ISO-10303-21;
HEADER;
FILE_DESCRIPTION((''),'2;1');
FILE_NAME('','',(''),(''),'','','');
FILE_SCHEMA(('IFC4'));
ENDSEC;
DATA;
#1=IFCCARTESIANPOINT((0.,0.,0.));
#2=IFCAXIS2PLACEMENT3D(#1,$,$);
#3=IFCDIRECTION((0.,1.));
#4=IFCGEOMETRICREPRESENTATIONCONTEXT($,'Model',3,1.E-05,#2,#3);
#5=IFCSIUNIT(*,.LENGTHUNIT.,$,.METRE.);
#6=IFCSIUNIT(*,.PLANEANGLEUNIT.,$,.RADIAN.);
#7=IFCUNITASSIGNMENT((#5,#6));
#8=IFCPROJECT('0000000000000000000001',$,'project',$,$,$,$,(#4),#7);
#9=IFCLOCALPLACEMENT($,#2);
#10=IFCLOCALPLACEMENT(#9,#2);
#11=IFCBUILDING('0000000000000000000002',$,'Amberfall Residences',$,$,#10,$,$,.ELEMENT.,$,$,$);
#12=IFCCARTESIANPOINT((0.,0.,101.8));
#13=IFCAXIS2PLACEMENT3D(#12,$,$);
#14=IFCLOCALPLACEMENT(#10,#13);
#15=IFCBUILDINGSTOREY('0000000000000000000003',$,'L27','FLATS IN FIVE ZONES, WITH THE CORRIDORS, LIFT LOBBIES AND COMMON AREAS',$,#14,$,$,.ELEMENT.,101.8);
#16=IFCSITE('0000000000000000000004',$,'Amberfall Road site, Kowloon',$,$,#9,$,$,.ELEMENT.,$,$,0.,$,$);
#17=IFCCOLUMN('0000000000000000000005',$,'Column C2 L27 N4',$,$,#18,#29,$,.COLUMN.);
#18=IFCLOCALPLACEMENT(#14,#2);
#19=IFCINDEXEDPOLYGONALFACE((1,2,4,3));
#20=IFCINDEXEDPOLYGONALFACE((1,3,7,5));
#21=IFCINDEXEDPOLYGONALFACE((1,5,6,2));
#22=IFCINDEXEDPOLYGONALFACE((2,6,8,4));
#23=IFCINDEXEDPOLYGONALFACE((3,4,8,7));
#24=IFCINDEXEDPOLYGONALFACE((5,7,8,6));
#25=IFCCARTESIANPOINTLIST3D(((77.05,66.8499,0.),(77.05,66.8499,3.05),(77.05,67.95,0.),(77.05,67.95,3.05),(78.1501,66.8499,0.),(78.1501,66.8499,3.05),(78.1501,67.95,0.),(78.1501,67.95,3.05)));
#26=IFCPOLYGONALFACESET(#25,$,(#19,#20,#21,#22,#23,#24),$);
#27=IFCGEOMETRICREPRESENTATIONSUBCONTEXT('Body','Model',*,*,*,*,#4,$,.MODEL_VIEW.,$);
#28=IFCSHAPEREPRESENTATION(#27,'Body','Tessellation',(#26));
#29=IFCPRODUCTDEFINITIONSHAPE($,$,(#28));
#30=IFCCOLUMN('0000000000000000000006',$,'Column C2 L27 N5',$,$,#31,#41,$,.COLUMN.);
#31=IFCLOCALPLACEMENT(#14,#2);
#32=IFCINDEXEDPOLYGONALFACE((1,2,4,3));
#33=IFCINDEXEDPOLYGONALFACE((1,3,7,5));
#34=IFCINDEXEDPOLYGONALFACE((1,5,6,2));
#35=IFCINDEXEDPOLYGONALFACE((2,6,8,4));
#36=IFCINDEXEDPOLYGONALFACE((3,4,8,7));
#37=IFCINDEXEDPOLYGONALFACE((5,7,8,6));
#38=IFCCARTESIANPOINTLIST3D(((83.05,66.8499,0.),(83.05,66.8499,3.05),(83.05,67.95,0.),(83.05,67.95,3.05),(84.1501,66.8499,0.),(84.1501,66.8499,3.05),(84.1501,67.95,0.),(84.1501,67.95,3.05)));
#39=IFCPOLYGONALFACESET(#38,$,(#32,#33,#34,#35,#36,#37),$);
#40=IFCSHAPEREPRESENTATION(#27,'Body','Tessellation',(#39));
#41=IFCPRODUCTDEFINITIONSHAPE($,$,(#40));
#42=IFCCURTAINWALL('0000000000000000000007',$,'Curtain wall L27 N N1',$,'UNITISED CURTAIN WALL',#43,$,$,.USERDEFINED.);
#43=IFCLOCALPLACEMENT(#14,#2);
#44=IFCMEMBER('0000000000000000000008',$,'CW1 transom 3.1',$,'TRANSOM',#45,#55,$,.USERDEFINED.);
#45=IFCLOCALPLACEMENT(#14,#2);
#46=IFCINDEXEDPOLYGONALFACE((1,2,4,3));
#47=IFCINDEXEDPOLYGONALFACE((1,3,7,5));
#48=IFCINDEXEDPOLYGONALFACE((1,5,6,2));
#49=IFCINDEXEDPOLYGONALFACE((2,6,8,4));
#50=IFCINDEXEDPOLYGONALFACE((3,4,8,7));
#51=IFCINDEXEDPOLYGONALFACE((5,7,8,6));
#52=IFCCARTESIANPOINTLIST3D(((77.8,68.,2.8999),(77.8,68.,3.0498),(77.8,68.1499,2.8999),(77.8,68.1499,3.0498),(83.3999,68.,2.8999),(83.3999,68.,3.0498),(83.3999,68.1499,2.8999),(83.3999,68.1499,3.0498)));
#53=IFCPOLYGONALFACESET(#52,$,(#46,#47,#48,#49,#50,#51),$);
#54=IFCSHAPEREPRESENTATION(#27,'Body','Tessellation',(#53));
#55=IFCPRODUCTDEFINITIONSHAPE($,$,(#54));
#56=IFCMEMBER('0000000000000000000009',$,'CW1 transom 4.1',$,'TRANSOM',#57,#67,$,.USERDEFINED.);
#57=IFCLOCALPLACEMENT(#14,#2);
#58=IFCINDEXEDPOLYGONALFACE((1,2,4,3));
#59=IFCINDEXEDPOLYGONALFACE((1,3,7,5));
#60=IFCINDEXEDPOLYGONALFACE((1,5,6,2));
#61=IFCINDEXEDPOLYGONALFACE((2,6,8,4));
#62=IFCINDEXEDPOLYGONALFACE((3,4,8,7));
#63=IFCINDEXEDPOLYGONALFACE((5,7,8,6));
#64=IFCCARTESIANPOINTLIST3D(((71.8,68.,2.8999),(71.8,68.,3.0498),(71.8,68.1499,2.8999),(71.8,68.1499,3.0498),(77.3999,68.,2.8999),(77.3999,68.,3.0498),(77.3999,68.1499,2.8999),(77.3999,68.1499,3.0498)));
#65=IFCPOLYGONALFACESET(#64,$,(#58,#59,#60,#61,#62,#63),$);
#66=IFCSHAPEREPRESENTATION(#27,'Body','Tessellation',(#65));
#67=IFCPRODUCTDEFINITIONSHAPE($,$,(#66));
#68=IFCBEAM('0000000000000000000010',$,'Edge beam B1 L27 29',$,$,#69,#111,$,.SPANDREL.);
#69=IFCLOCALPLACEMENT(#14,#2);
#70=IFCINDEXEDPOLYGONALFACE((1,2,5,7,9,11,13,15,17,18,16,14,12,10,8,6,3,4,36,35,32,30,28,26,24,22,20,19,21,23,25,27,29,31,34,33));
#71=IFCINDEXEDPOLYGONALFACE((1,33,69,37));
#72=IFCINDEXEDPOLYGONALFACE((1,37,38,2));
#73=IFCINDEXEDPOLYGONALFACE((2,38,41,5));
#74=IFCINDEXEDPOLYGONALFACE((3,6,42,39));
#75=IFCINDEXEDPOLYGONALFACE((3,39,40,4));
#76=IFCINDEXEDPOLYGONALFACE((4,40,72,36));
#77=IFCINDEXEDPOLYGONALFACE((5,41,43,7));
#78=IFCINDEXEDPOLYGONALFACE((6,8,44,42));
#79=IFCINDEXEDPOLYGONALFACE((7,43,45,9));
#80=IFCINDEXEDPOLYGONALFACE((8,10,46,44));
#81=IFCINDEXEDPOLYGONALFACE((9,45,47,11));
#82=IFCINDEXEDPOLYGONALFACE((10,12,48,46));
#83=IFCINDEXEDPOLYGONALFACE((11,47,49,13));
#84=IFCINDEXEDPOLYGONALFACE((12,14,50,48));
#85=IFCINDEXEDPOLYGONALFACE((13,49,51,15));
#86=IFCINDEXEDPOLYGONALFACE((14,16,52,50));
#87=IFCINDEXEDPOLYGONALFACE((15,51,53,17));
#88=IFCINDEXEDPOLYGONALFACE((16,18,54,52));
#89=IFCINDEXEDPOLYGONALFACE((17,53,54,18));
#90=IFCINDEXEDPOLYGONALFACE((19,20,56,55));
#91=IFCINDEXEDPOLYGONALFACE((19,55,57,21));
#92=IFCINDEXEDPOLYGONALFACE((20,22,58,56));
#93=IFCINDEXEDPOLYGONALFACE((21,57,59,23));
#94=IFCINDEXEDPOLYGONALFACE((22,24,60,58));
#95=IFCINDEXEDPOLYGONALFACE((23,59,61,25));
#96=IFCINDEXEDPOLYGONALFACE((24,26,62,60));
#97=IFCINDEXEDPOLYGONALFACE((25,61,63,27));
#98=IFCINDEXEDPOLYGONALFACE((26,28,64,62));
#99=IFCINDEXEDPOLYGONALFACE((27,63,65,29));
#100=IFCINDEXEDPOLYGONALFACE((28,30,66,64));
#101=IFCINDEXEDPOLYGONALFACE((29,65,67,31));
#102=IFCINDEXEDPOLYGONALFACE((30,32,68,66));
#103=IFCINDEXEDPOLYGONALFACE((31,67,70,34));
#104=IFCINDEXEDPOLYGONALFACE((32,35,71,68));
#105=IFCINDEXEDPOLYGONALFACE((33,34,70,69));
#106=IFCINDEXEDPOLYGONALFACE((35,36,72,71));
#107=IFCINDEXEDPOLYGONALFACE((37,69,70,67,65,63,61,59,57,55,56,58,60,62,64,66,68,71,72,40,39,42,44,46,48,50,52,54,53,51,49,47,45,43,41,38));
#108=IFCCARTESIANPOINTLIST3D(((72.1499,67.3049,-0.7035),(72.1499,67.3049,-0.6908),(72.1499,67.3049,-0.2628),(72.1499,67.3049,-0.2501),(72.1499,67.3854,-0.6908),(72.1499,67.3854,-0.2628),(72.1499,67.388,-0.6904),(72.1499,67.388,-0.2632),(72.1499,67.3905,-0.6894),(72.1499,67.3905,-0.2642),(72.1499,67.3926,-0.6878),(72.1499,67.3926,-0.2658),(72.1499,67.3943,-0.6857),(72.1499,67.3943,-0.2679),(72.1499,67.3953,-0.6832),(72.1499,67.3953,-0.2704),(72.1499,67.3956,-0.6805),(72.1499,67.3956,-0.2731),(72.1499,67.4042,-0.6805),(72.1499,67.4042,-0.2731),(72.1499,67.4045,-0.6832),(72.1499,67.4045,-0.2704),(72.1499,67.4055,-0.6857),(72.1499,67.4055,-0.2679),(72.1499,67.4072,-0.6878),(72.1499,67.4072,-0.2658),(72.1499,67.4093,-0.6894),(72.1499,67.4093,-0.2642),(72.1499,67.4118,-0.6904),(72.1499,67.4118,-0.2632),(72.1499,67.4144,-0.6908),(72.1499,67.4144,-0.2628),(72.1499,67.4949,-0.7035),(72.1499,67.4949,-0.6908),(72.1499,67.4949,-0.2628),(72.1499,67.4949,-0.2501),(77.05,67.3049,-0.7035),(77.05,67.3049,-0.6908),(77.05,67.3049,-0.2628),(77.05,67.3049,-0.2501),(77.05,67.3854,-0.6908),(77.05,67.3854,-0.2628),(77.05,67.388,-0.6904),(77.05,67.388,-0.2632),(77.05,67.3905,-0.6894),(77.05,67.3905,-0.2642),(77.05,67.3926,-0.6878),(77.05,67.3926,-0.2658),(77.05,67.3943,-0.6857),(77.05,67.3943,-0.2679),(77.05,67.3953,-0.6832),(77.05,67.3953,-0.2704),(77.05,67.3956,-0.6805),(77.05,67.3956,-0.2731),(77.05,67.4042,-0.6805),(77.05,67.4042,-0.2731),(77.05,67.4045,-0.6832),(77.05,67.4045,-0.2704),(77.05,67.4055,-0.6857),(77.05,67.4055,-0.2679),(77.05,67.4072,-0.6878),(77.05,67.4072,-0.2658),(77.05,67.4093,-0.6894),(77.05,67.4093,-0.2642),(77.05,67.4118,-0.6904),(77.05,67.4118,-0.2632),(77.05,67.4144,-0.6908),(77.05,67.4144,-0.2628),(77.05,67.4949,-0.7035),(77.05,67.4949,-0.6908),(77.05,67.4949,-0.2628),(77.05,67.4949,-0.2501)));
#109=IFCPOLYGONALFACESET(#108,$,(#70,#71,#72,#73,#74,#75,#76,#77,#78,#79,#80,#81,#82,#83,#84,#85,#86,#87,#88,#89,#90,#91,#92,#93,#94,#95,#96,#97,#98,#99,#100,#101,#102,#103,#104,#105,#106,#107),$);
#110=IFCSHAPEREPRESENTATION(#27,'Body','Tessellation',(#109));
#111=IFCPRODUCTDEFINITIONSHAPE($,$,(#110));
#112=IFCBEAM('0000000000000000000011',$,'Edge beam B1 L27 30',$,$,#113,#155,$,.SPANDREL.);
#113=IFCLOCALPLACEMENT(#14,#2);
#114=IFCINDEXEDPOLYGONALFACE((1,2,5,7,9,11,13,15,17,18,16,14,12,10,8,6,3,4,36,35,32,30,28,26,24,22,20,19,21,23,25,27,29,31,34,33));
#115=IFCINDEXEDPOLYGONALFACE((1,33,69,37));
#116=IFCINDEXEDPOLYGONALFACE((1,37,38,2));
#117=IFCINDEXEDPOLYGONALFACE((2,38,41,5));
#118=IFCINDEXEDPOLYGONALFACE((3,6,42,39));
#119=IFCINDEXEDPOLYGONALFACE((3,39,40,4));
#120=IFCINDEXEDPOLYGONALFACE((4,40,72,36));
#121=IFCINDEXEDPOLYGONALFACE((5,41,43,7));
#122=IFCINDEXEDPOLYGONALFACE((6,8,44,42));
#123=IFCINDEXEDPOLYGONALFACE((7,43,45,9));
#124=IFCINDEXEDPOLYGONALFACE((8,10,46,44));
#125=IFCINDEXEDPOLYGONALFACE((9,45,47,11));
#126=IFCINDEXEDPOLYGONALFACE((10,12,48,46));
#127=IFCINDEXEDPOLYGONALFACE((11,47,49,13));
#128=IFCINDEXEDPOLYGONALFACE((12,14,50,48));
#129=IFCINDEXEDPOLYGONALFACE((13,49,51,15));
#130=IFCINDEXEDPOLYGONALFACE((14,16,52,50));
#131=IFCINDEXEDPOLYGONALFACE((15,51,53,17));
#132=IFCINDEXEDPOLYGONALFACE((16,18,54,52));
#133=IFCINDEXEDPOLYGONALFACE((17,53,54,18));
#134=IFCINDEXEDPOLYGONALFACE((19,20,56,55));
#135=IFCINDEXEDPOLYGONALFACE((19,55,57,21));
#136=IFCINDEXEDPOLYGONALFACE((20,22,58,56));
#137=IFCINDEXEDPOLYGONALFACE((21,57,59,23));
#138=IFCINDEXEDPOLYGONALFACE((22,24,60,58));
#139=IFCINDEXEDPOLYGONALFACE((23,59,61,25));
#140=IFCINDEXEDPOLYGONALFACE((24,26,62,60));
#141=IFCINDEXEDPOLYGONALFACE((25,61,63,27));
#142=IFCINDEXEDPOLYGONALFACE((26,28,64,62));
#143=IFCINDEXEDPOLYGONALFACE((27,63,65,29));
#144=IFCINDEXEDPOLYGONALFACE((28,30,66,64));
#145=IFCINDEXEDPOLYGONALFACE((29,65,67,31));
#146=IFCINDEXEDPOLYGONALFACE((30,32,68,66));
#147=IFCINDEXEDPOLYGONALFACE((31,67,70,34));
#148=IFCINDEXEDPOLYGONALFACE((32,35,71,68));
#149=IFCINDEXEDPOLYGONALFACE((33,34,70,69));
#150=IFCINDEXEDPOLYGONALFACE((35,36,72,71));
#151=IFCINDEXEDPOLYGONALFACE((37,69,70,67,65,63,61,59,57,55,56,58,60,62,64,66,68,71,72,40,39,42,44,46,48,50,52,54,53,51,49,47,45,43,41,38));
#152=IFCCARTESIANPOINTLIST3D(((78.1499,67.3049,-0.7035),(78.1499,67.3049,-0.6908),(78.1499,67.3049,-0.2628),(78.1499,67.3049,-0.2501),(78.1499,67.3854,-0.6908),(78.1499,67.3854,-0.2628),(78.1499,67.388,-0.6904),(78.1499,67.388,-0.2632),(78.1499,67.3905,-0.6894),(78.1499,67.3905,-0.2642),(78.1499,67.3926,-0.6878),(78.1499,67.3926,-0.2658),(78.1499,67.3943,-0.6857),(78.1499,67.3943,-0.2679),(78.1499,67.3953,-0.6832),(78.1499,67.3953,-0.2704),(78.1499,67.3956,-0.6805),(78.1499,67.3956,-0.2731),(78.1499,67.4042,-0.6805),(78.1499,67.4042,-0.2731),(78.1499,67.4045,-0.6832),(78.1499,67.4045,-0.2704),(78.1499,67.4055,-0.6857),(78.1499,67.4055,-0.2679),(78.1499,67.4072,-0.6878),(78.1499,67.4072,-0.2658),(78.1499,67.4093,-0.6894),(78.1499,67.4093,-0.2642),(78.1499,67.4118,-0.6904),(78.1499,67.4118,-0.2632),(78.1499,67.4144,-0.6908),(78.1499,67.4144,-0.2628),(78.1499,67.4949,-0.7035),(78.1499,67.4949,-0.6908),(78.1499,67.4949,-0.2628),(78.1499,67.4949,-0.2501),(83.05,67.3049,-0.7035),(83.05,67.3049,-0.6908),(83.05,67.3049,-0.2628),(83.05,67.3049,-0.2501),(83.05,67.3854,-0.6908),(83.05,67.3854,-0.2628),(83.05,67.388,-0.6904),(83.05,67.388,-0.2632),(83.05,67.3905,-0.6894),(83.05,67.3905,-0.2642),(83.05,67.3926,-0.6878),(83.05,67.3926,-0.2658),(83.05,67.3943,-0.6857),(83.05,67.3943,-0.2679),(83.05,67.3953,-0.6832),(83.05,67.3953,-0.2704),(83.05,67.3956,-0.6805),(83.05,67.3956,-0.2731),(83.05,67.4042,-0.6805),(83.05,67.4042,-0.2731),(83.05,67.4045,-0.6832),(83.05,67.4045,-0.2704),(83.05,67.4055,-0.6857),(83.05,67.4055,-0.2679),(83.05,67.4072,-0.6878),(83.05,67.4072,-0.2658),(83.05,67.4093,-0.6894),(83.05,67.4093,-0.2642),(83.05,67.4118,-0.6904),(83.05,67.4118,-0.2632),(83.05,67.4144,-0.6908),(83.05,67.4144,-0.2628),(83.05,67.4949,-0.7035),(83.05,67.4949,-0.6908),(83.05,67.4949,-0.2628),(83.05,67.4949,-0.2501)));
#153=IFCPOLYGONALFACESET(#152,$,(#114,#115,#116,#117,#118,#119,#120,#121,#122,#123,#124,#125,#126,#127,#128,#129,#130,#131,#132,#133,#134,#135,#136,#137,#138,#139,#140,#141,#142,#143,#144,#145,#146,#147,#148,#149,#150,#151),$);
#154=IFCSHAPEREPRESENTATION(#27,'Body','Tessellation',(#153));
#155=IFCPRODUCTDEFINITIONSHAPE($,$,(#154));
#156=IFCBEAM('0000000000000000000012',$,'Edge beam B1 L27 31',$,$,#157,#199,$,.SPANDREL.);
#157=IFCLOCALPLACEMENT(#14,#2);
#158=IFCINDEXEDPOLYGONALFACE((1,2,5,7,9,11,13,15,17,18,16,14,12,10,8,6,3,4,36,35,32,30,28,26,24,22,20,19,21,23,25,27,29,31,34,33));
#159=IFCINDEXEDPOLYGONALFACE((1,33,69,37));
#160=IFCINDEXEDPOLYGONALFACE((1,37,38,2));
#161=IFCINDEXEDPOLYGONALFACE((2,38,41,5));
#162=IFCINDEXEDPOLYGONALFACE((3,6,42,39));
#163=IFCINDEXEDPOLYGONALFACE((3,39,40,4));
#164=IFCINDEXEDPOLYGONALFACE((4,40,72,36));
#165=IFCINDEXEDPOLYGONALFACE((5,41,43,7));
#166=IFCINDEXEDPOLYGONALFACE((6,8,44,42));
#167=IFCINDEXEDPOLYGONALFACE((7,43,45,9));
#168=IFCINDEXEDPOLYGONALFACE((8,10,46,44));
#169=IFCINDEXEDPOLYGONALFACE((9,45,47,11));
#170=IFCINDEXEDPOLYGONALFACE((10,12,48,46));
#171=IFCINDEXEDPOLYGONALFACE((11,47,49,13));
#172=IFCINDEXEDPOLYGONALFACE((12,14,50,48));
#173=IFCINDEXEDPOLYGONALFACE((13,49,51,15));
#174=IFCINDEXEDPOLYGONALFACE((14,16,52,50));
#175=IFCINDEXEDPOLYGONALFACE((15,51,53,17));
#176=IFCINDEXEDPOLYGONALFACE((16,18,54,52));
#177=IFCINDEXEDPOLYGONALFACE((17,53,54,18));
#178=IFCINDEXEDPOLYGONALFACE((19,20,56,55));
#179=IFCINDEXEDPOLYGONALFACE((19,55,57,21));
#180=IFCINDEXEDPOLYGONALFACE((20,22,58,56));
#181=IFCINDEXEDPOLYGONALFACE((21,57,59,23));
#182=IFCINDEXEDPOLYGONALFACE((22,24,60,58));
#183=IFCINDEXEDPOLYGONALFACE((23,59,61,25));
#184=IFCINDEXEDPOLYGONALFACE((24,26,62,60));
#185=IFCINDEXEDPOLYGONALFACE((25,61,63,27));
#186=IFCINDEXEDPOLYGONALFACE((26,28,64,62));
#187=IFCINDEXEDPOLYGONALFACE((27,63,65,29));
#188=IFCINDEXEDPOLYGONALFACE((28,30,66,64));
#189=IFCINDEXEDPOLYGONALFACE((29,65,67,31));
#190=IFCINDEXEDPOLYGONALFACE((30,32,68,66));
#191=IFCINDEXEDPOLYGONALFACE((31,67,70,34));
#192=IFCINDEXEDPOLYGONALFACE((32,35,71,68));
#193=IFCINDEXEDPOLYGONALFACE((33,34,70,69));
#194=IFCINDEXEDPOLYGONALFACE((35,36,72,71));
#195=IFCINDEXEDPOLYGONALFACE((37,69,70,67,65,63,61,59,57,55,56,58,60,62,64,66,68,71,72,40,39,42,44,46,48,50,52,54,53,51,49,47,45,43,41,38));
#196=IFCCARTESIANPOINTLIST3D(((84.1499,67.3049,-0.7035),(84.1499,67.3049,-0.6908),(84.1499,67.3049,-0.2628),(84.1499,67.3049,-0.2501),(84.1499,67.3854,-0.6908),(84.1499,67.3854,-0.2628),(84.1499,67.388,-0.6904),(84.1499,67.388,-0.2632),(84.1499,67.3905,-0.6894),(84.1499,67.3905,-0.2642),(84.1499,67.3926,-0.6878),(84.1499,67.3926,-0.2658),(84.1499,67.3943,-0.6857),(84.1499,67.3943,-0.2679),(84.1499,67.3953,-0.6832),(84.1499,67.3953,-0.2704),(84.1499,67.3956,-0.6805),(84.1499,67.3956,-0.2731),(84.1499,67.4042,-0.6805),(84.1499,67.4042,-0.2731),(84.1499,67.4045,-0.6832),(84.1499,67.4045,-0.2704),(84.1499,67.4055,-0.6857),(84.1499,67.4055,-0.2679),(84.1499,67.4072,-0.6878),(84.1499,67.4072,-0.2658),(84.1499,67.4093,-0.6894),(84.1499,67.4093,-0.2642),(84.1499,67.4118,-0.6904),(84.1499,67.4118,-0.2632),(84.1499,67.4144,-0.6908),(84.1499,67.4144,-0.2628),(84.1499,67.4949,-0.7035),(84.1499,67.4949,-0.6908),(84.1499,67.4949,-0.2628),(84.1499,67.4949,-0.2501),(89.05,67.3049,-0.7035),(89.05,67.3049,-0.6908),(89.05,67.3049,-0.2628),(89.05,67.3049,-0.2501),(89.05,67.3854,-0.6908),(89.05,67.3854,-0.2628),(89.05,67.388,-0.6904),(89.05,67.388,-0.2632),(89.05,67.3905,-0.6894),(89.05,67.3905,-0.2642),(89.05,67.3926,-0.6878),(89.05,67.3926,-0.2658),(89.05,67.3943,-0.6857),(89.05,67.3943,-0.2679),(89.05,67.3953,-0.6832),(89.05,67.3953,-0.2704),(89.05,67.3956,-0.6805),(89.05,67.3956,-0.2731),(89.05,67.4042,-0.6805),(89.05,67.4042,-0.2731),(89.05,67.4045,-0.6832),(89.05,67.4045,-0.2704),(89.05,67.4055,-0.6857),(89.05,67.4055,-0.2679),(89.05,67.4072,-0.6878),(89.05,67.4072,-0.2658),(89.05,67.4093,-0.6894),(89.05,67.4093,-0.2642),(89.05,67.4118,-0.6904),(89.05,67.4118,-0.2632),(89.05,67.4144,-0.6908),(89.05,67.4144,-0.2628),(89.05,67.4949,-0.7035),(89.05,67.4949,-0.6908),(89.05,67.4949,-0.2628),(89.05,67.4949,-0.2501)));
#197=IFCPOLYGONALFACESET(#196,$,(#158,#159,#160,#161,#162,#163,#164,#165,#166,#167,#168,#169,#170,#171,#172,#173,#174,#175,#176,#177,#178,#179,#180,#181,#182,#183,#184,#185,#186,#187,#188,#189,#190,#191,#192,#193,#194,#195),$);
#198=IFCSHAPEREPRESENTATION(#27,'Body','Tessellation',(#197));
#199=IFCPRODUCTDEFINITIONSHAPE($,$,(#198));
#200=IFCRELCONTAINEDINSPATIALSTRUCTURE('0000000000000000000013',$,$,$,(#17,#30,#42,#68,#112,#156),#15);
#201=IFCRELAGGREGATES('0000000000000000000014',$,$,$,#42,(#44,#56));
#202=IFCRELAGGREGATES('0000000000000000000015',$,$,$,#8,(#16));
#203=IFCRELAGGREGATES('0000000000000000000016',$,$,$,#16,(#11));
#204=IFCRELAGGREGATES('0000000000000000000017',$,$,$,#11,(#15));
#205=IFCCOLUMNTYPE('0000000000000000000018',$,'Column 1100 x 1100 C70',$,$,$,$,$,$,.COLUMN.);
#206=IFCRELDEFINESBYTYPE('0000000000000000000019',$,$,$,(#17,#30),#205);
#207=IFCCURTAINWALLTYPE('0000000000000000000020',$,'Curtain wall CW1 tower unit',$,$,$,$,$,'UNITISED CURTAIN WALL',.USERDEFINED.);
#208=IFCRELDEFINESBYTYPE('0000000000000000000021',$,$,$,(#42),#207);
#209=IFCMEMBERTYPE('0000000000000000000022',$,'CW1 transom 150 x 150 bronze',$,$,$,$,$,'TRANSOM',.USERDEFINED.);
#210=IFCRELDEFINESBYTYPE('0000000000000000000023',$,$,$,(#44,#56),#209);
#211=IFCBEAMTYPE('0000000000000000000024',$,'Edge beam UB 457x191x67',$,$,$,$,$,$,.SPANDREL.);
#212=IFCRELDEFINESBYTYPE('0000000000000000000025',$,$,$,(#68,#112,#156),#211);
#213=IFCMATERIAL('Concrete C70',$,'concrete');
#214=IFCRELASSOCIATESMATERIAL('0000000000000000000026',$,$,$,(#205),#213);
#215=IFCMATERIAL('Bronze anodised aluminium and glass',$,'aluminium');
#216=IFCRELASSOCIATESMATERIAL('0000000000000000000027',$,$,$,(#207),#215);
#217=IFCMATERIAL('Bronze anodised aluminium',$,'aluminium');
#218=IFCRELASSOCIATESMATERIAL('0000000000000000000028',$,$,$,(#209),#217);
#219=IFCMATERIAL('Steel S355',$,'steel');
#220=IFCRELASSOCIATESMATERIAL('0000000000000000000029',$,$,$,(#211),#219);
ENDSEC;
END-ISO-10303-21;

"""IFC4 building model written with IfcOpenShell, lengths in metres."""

from ifc_helpers import new_model, si_unit, direction, frame, origin, origin_2d, place, context, subcontext, project, spatial, rectangle, i_section, extrude, material, material_profile, profile_set, type_object, element, aggregate, save


model = new_model("IFC4")

# Units and contexts
model_context = context("Model", 3, precision=1e-05, world=origin(), true_north=direction((0.0, 1.0)))
body_context = subcontext(model_context, "Body", "Model", "MODEL_VIEW")
ifc_project = project(units=[si_unit("LENGTHUNIT", "METRE"), si_unit("PLANEANGLEUNIT", "RADIAN")], contexts=[model_context])

# Site, building, storey
site_placement = place(None, origin())
site = spatial("IfcSite", under=ifc_project, at=site_placement, Name="Amberfall Road site, Kowloon", CompositionType="ELEMENT", RefElevation=0.0)
building_placement = place(site_placement, origin())
building = spatial("IfcBuilding", under=site, at=building_placement, Name="Amberfall Residences", CompositionType="ELEMENT")
storey_placement = place(building_placement, frame((0.0, 0.0, 101.8)))
storey = spatial("IfcBuildingStorey", under=building, at=storey_placement, Name="L27", Description="FLATS IN FIVE ZONES, WITH THE CORRIDORS, LIFT LOBBIES AND COMMON AREAS", CompositionType="ELEMENT", Elevation=101.8)

# Columns
ifc_material_1 = material(Name="Concrete C70", Category="concrete")
ifc_material_profile_1 = material_profile(ifc_material_1, rectangle(XDim=1.1001, YDim=1.1001, at=origin_2d()), Name="Column 1100 x 1100 C70")
ifc_profile_set_1 = profile_set([ifc_material_profile_1], Name="Concrete C70")
column_type = type_object("IfcColumnType", Name="Column 1100 x 1100 C70", PredefinedType="COLUMN", material=ifc_profile_set_1)
for number, where, z_axis, x_axis, name in (
    (1, (77.6001, 67.3999, 0.0), (0.0, 0.0, 1.0), (1.0, 0.0, 0.0), "Column C2 L27 N4"),
    (2, (83.6001, 67.3999, 0.0), (0.0, 0.0, 1.0), (1.0, 0.0, 0.0), "Column C2 L27 N5"),
):
    element("IfcColumn", number, at=place(storey_placement, frame(where, z_axis=z_axis, x_axis=x_axis)), inside=storey, type_object=column_type, Name=name, PredefinedType="COLUMN", context=body_context, shape_type="SweptSolid", body=[
        extrude(rectangle(XDim=1.1001, YDim=1.1001, at=origin_2d()), origin(), (0.0, 0.0, 1.0), 3.05),
    ])

# Curtain wall, members
ifc_material_2 = material(Name="Bronze anodised aluminium and glass", Category="aluminium")
curtain_wall_type = type_object("IfcCurtainWallType", Name="Curtain wall CW1 tower unit", ElementType="UNITISED CURTAIN WALL", PredefinedType="USERDEFINED", material=ifc_material_2)
curtain_wall_placement = place(storey_placement, origin())
curtain_wall = element("IfcCurtainWall", 3, at=curtain_wall_placement, inside=storey, type_object=curtain_wall_type, Name="Curtain wall L27 N N1", ObjectType="UNITISED CURTAIN WALL", PredefinedType="USERDEFINED")
ifc_material_3 = material(Name="Bronze anodised aluminium", Category="aluminium")
ifc_material_profile_2 = material_profile(ifc_material_3, rectangle(XDim=0.1499, YDim=0.1499, at=origin_2d()), Name="CW1 transom 150 x 150 bronze")
ifc_profile_set_2 = profile_set([ifc_material_profile_2], Name="Bronze anodised aluminium")
member_type_1 = type_object("IfcMemberType", Name="CW1 transom 150 x 150 bronze", ElementType="TRANSOM", PredefinedType="USERDEFINED", material=ifc_profile_set_2)
member_1_placement = place(storey_placement, frame((83.3999, 68.075, 2.9749), z_axis=(-1.0, 0.0, 0.0), x_axis=(0.0, -1.0, 0.0)))
member_1 = element("IfcMember", 4, at=member_1_placement, type_object=member_type_1, Name="CW1 transom 3.1", ObjectType="TRANSOM", PredefinedType="USERDEFINED", context=body_context, shape_type="SweptSolid", body=[
    extrude(rectangle(XDim=0.1499, YDim=0.1499, at=origin_2d()), origin(), (0.0, 0.0, 1.0), 5.5999),
])
member_2_placement = place(storey_placement, frame((77.3999, 68.075, 2.9749), z_axis=(-1.0, 0.0, 0.0), x_axis=(0.0, -1.0, 0.0)))
member_2 = element("IfcMember", 5, at=member_2_placement, type_object=member_type_1, Name="CW1 transom 4.1", ObjectType="TRANSOM", PredefinedType="USERDEFINED", context=body_context, shape_type="SweptSolid", body=[
    extrude(rectangle(XDim=0.1499, YDim=0.1499, at=origin_2d()), origin(), (0.0, 0.0, 1.0), 5.5999),
])

# Beams
ifc_material_4 = material(Name="Steel S355", Category="steel")
ifc_material_profile_3 = material_profile(ifc_material_4, i_section(OverallWidth=0.1899, OverallDepth=0.4534, WebThickness=0.0085, FlangeThickness=0.0127, FilletRadius=0.0103, at=origin_2d()), Name="UB 457x191x67")
ifc_profile_set_3 = profile_set([ifc_material_profile_3], Name="Steel S355")
beam_type_1 = type_object("IfcBeamType", Name="Edge beam UB 457x191x67", PredefinedType="SPANDREL", material=ifc_profile_set_3)
for number, where, z_axis, x_axis, name in (
    (6, (72.1499, 67.3999, -0.4768), (1.0, 0.0, 0.0), (0.0, 1.0, 0.0), "Edge beam B1 L27 29"),
    (7, (78.1499, 67.3999, -0.4768), (1.0, 0.0, 0.0), (0.0, 1.0, 0.0), "Edge beam B1 L27 30"),
    (8, (84.1499, 67.3999, -0.4768), (1.0, 0.0, 0.0), (0.0, 1.0, 0.0), "Edge beam B1 L27 31"),
):
    element("IfcBeam", number, at=place(storey_placement, frame(where, z_axis=z_axis, x_axis=x_axis)), inside=storey, type_object=beam_type_1, Name=name, PredefinedType="SPANDREL", context=body_context, shape_type="SweptSolid", body=[
        extrude(i_section(OverallWidth=0.1899, OverallDepth=0.4534, WebThickness=0.0085, FlangeThickness=0.0127, FilletRadius=0.0103, at=origin_2d()), origin(), (0.0, 0.0, 1.0), 4.9001),
    ])

aggregate(curtain_wall, [member_1, member_2])

save(model, "model.ifc")
